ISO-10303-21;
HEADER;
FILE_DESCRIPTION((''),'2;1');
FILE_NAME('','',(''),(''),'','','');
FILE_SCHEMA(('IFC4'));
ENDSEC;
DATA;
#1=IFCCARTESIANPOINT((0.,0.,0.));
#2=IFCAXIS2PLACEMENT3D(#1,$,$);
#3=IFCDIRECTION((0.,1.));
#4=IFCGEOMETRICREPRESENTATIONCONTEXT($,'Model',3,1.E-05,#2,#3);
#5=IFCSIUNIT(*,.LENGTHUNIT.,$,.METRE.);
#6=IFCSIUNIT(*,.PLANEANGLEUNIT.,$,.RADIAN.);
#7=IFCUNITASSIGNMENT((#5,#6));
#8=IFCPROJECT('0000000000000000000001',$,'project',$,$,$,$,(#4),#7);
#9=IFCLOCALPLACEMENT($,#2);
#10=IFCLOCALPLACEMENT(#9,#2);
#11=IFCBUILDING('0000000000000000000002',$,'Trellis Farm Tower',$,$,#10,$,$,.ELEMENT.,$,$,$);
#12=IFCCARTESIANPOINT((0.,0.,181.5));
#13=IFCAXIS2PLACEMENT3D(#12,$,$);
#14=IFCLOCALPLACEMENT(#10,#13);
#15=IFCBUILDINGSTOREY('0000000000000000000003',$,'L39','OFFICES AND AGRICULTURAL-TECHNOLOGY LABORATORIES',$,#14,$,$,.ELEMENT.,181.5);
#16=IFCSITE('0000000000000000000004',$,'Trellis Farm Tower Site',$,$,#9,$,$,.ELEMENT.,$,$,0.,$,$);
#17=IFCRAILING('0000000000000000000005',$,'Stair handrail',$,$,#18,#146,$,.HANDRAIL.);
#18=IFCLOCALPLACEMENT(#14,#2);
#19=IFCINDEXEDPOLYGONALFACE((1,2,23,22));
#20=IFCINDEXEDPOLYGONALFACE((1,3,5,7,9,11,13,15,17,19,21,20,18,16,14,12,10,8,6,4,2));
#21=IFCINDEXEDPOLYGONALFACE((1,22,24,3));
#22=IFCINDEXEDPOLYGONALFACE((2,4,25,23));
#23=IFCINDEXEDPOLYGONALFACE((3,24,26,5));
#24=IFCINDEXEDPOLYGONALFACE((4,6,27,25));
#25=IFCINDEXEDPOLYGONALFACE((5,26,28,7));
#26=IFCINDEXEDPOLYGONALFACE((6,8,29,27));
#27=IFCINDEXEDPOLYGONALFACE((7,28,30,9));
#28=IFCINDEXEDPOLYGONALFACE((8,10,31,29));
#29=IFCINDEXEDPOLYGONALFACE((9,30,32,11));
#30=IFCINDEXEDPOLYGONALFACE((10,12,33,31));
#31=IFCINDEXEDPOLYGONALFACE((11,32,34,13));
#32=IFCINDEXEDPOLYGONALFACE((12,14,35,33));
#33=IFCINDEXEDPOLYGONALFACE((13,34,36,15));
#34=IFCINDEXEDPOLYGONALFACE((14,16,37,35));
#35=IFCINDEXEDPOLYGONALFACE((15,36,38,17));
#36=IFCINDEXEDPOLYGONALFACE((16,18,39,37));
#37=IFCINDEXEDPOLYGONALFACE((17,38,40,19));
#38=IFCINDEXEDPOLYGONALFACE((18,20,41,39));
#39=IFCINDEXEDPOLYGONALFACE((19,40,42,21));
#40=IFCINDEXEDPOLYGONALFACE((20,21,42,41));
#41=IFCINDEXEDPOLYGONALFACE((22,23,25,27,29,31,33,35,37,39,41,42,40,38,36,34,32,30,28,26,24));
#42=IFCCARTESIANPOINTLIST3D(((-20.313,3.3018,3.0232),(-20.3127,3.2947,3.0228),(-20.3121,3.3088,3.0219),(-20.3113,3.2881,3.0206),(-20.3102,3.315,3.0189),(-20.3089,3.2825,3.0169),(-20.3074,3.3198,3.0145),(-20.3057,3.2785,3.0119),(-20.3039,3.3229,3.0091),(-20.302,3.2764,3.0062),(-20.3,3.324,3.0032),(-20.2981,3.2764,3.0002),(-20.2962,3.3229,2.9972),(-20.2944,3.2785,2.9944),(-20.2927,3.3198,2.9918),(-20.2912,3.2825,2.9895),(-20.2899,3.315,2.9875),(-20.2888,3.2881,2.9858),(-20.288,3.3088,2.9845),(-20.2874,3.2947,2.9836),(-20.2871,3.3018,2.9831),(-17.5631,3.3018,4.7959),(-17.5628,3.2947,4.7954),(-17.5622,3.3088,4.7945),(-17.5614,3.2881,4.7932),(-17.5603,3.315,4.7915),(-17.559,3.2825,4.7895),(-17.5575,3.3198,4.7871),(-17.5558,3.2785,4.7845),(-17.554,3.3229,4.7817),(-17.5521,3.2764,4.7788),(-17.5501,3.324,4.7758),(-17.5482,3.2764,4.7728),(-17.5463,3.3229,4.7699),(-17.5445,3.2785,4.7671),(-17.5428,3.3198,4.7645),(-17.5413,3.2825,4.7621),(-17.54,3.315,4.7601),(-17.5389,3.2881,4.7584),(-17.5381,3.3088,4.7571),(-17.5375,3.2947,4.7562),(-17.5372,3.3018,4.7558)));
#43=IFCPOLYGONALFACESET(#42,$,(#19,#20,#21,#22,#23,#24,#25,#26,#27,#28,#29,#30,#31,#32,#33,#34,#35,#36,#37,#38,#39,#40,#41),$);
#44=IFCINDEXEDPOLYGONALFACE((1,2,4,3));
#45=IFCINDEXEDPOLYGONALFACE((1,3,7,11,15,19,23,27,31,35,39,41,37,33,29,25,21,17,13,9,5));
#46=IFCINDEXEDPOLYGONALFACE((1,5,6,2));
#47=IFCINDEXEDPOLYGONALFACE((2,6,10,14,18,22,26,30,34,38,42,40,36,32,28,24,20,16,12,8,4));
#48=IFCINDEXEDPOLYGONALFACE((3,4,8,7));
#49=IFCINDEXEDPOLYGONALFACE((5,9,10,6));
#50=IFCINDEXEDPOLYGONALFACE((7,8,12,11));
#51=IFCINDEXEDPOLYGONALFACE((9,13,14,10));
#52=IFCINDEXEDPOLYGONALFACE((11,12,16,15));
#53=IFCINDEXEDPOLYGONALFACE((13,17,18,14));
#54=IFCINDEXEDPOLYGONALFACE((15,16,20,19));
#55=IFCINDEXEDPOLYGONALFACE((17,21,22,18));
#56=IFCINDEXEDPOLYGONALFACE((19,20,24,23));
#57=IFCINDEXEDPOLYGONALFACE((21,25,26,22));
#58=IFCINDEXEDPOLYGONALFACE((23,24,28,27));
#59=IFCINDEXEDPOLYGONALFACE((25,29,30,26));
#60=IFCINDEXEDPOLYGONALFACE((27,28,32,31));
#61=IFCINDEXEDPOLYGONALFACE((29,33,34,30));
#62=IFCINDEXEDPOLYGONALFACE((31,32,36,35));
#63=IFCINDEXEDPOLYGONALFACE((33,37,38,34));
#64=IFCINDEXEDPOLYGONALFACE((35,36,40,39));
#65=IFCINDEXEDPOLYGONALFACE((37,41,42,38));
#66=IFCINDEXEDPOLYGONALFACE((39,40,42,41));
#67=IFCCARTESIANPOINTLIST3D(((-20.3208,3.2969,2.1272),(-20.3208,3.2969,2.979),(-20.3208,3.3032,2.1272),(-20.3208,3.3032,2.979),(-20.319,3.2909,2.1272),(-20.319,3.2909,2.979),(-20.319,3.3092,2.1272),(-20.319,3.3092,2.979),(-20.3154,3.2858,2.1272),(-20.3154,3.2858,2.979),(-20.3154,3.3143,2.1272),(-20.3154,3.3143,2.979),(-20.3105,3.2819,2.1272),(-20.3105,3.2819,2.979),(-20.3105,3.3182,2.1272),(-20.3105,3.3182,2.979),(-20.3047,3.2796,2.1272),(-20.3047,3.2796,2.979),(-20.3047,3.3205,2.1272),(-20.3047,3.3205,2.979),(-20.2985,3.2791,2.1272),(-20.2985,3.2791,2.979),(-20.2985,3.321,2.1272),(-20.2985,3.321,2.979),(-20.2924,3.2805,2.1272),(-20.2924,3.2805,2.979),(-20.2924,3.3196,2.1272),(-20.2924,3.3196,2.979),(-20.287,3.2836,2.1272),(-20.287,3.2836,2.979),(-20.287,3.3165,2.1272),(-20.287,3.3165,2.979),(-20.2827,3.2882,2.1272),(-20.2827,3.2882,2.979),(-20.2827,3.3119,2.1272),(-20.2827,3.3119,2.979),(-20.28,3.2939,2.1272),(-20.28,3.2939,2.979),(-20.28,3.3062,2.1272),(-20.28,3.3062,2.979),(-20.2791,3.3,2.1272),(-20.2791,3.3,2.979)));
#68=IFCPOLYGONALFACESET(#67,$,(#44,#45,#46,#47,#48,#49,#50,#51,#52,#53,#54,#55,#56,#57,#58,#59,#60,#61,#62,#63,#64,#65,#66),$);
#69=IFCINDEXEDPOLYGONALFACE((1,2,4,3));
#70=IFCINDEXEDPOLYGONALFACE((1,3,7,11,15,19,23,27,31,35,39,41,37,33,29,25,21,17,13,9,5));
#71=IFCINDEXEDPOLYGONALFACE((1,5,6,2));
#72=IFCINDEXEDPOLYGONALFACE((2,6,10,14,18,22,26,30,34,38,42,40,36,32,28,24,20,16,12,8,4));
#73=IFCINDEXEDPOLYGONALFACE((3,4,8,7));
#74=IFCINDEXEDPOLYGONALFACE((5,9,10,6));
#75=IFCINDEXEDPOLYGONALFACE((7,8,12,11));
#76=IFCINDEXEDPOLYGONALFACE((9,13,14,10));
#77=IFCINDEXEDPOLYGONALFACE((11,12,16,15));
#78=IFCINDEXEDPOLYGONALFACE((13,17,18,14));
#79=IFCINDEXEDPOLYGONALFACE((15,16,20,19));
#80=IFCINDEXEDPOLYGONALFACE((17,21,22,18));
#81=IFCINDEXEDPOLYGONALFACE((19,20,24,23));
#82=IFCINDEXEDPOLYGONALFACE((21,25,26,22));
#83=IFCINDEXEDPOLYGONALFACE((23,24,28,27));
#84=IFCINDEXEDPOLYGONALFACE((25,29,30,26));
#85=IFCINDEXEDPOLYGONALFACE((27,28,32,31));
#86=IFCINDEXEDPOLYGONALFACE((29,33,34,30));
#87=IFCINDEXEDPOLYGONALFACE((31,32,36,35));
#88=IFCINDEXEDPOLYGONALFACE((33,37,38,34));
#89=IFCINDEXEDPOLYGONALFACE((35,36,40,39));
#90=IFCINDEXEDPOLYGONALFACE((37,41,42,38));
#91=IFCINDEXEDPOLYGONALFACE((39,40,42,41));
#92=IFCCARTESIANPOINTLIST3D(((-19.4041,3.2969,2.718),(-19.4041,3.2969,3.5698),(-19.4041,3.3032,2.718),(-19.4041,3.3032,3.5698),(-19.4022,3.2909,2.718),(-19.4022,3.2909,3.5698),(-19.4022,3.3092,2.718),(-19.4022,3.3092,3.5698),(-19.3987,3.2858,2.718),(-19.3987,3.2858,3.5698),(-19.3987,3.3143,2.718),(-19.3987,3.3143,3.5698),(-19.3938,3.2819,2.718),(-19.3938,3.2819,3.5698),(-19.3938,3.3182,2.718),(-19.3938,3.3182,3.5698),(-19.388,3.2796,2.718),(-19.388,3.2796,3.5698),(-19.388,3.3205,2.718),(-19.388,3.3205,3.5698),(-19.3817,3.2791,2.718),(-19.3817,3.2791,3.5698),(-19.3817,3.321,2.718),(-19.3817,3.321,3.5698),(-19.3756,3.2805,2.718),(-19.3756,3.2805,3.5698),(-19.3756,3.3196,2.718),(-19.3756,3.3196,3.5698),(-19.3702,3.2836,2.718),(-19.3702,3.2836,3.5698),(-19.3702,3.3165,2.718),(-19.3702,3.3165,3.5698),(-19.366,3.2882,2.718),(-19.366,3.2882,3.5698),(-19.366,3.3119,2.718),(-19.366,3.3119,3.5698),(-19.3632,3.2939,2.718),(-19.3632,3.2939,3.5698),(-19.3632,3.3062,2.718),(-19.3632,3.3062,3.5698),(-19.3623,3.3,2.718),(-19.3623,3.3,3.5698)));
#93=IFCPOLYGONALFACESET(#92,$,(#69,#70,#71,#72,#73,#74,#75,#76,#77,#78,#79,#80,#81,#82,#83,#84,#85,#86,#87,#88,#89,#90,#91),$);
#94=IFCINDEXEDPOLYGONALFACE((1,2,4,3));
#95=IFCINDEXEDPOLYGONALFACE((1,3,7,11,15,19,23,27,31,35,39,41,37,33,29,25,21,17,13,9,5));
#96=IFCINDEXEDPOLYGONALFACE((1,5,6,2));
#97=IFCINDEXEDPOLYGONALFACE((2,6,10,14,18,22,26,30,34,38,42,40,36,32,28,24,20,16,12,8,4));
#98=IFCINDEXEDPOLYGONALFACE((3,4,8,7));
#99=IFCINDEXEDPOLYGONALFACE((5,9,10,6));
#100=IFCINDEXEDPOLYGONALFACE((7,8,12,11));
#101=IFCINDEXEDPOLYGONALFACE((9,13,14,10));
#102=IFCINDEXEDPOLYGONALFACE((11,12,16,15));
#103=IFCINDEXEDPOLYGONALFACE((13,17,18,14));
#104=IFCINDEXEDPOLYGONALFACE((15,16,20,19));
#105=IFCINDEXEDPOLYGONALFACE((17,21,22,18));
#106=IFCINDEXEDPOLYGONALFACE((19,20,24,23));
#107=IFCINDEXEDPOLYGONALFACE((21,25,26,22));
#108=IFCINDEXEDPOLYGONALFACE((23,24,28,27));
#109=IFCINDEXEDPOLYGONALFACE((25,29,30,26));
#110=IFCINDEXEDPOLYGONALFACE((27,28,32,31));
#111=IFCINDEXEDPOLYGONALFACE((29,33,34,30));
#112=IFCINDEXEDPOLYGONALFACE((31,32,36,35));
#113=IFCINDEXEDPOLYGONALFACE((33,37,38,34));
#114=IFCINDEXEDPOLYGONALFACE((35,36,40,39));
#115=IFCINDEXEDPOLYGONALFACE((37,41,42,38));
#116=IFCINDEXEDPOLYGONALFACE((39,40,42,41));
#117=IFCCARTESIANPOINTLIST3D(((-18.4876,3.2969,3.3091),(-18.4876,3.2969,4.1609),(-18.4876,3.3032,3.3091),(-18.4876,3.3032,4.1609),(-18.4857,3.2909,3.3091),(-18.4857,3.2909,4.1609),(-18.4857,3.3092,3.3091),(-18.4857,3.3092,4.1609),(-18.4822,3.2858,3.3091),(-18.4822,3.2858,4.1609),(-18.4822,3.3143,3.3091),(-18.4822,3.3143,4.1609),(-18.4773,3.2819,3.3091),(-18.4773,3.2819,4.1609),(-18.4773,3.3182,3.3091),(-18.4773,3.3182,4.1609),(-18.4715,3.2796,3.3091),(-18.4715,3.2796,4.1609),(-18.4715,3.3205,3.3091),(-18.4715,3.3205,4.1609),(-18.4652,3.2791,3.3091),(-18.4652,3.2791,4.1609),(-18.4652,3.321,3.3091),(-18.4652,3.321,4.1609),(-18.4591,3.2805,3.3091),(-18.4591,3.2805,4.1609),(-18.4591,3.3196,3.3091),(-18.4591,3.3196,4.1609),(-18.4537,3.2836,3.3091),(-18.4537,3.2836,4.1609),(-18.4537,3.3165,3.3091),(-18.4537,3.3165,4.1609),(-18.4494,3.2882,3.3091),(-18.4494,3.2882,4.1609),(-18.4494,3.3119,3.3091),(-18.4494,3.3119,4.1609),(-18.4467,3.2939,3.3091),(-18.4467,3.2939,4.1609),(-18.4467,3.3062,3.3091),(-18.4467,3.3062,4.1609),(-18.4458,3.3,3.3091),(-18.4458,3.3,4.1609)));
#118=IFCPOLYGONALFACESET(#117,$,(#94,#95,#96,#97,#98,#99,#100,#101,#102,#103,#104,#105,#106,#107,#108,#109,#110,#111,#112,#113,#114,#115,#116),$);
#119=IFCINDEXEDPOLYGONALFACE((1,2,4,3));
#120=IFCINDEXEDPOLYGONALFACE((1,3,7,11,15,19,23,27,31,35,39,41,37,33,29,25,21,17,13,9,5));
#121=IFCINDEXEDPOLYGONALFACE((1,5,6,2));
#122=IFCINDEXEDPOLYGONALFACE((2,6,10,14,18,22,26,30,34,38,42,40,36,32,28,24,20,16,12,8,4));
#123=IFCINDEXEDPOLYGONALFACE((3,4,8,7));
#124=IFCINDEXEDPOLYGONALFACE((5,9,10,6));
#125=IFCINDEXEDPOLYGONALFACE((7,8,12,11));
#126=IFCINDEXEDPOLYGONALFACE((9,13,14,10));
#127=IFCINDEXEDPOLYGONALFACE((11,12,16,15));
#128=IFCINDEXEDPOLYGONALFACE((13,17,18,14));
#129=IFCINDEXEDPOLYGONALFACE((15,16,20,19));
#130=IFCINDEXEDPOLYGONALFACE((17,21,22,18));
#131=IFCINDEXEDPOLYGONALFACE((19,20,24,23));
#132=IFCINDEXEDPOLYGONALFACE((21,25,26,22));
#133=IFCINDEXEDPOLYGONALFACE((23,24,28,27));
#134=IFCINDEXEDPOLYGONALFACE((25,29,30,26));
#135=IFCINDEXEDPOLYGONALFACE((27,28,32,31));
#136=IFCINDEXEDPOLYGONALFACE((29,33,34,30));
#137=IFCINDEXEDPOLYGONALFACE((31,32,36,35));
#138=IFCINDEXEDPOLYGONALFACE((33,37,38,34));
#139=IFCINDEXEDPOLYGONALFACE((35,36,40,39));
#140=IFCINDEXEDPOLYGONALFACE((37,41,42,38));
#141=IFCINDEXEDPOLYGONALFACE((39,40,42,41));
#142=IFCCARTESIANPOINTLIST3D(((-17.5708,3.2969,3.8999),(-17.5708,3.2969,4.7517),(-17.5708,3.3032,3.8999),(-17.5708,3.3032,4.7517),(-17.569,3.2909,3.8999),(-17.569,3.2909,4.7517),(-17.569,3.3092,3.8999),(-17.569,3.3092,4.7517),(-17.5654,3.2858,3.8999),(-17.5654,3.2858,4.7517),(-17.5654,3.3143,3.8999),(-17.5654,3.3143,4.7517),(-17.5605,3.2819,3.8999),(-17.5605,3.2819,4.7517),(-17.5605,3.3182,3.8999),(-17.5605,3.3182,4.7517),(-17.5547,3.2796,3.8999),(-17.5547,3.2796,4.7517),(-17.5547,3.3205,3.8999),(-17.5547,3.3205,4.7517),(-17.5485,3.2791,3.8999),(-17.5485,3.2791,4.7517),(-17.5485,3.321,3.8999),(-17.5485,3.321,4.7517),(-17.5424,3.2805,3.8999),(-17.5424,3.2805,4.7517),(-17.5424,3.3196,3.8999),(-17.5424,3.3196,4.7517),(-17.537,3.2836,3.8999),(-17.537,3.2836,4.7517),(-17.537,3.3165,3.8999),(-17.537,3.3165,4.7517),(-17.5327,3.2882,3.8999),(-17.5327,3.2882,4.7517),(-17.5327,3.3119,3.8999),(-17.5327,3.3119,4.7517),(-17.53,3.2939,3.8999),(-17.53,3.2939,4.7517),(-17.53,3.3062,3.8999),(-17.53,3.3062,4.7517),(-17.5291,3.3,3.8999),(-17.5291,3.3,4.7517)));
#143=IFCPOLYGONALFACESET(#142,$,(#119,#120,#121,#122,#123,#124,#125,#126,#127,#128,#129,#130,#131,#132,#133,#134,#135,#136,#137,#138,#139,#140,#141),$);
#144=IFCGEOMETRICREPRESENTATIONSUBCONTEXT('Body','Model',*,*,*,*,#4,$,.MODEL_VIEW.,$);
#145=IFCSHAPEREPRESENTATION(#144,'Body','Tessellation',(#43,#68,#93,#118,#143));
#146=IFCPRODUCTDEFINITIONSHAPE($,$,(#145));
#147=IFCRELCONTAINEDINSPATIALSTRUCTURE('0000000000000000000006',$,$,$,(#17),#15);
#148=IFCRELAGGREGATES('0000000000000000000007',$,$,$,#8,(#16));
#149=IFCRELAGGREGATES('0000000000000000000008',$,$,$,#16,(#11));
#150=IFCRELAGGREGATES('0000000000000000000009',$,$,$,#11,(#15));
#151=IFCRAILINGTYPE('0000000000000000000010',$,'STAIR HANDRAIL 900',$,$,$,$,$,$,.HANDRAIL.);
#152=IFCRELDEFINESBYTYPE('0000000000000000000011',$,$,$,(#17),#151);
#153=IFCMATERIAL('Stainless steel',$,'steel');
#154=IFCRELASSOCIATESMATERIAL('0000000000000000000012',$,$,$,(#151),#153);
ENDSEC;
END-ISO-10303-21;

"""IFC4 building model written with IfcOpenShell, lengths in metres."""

from ifc_helpers import new_model, si_unit, direction, frame, origin, origin_2d, place, context, subcontext, project, spatial, circle, extrude, source, transform, mapped, material, type_object, element, save


model = new_model("IFC4")

# Units and contexts
model_context = context("Model", 3, precision=1e-05, world=origin(), true_north=direction((0.0, 1.0)))
body_context = subcontext(model_context, "Body", "Model", "MODEL_VIEW")
ifc_project = project(units=[si_unit("LENGTHUNIT", "METRE"), si_unit("PLANEANGLEUNIT", "RADIAN")], contexts=[model_context])

# Site, building, storey
site_placement = place(None, origin())
site = spatial("IfcSite", under=ifc_project, at=site_placement, Name="Trellis Farm Tower Site", CompositionType="ELEMENT", RefElevation=0.0)
building_placement = place(site_placement, origin())
building = spatial("IfcBuilding", under=site, at=building_placement, Name="Trellis Farm Tower", CompositionType="ELEMENT")
storey_placement = place(building_placement, frame((0.0, 0.0, 181.5)))
storey = spatial("IfcBuildingStorey", under=building, at=storey_placement, Name="L39", Description="OFFICES AND AGRICULTURAL-TECHNOLOGY LABORATORIES", CompositionType="ELEMENT", Elevation=181.5)

# Railing
ifc_material_1 = material(Name="Stainless steel", Category="steel")
railing_type = type_object("IfcRailingType", Name="STAIR HANDRAIL 900", PredefinedType="HANDRAIL", material=ifc_material_1)
shared_shape_1 = source(origin(), body_context, "Body", "SweptSolid", [
    extrude(circle(Radius=0.0239, at=origin_2d()), frame((0.0, 0.0, 0.876), z_axis=(0.840504, 0.0, 0.541806), x_axis=(0.0, 1.0, 0.0)), (0.0, 0.0, 1.0), 3.2717),
    extrude(circle(Radius=0.021, at=origin_2d()), origin(), (0.0, 0.0, 1.0), 0.8518),
    extrude(circle(Radius=0.021, at=origin_2d()), frame((0.9167, 0.0, 0.5908)), (0.0, 0.0, 1.0), 0.8518),
    extrude(circle(Radius=0.021, at=origin_2d()), frame((1.8333, 0.0, 1.1819)), (0.0, 0.0, 1.0), 0.8518),
    extrude(circle(Radius=0.021, at=origin_2d()), frame((2.75, 0.0, 1.7727)), (0.0, 0.0, 1.0), 0.8518),
])
for number, where, name in (
    (1, (-20.3, 3.3, 2.1272), "Stair handrail"),
):
    element("IfcRailing", number, at=place(storey_placement, frame(where)), inside=storey, type_object=railing_type, Name=name, PredefinedType="HANDRAIL", context=body_context, shape_type="MappedRepresentation", body=[
        mapped(shared_shape_1, transform((0.0, 0.0, 0.0))),
    ])

save(model, "model.ifc")
